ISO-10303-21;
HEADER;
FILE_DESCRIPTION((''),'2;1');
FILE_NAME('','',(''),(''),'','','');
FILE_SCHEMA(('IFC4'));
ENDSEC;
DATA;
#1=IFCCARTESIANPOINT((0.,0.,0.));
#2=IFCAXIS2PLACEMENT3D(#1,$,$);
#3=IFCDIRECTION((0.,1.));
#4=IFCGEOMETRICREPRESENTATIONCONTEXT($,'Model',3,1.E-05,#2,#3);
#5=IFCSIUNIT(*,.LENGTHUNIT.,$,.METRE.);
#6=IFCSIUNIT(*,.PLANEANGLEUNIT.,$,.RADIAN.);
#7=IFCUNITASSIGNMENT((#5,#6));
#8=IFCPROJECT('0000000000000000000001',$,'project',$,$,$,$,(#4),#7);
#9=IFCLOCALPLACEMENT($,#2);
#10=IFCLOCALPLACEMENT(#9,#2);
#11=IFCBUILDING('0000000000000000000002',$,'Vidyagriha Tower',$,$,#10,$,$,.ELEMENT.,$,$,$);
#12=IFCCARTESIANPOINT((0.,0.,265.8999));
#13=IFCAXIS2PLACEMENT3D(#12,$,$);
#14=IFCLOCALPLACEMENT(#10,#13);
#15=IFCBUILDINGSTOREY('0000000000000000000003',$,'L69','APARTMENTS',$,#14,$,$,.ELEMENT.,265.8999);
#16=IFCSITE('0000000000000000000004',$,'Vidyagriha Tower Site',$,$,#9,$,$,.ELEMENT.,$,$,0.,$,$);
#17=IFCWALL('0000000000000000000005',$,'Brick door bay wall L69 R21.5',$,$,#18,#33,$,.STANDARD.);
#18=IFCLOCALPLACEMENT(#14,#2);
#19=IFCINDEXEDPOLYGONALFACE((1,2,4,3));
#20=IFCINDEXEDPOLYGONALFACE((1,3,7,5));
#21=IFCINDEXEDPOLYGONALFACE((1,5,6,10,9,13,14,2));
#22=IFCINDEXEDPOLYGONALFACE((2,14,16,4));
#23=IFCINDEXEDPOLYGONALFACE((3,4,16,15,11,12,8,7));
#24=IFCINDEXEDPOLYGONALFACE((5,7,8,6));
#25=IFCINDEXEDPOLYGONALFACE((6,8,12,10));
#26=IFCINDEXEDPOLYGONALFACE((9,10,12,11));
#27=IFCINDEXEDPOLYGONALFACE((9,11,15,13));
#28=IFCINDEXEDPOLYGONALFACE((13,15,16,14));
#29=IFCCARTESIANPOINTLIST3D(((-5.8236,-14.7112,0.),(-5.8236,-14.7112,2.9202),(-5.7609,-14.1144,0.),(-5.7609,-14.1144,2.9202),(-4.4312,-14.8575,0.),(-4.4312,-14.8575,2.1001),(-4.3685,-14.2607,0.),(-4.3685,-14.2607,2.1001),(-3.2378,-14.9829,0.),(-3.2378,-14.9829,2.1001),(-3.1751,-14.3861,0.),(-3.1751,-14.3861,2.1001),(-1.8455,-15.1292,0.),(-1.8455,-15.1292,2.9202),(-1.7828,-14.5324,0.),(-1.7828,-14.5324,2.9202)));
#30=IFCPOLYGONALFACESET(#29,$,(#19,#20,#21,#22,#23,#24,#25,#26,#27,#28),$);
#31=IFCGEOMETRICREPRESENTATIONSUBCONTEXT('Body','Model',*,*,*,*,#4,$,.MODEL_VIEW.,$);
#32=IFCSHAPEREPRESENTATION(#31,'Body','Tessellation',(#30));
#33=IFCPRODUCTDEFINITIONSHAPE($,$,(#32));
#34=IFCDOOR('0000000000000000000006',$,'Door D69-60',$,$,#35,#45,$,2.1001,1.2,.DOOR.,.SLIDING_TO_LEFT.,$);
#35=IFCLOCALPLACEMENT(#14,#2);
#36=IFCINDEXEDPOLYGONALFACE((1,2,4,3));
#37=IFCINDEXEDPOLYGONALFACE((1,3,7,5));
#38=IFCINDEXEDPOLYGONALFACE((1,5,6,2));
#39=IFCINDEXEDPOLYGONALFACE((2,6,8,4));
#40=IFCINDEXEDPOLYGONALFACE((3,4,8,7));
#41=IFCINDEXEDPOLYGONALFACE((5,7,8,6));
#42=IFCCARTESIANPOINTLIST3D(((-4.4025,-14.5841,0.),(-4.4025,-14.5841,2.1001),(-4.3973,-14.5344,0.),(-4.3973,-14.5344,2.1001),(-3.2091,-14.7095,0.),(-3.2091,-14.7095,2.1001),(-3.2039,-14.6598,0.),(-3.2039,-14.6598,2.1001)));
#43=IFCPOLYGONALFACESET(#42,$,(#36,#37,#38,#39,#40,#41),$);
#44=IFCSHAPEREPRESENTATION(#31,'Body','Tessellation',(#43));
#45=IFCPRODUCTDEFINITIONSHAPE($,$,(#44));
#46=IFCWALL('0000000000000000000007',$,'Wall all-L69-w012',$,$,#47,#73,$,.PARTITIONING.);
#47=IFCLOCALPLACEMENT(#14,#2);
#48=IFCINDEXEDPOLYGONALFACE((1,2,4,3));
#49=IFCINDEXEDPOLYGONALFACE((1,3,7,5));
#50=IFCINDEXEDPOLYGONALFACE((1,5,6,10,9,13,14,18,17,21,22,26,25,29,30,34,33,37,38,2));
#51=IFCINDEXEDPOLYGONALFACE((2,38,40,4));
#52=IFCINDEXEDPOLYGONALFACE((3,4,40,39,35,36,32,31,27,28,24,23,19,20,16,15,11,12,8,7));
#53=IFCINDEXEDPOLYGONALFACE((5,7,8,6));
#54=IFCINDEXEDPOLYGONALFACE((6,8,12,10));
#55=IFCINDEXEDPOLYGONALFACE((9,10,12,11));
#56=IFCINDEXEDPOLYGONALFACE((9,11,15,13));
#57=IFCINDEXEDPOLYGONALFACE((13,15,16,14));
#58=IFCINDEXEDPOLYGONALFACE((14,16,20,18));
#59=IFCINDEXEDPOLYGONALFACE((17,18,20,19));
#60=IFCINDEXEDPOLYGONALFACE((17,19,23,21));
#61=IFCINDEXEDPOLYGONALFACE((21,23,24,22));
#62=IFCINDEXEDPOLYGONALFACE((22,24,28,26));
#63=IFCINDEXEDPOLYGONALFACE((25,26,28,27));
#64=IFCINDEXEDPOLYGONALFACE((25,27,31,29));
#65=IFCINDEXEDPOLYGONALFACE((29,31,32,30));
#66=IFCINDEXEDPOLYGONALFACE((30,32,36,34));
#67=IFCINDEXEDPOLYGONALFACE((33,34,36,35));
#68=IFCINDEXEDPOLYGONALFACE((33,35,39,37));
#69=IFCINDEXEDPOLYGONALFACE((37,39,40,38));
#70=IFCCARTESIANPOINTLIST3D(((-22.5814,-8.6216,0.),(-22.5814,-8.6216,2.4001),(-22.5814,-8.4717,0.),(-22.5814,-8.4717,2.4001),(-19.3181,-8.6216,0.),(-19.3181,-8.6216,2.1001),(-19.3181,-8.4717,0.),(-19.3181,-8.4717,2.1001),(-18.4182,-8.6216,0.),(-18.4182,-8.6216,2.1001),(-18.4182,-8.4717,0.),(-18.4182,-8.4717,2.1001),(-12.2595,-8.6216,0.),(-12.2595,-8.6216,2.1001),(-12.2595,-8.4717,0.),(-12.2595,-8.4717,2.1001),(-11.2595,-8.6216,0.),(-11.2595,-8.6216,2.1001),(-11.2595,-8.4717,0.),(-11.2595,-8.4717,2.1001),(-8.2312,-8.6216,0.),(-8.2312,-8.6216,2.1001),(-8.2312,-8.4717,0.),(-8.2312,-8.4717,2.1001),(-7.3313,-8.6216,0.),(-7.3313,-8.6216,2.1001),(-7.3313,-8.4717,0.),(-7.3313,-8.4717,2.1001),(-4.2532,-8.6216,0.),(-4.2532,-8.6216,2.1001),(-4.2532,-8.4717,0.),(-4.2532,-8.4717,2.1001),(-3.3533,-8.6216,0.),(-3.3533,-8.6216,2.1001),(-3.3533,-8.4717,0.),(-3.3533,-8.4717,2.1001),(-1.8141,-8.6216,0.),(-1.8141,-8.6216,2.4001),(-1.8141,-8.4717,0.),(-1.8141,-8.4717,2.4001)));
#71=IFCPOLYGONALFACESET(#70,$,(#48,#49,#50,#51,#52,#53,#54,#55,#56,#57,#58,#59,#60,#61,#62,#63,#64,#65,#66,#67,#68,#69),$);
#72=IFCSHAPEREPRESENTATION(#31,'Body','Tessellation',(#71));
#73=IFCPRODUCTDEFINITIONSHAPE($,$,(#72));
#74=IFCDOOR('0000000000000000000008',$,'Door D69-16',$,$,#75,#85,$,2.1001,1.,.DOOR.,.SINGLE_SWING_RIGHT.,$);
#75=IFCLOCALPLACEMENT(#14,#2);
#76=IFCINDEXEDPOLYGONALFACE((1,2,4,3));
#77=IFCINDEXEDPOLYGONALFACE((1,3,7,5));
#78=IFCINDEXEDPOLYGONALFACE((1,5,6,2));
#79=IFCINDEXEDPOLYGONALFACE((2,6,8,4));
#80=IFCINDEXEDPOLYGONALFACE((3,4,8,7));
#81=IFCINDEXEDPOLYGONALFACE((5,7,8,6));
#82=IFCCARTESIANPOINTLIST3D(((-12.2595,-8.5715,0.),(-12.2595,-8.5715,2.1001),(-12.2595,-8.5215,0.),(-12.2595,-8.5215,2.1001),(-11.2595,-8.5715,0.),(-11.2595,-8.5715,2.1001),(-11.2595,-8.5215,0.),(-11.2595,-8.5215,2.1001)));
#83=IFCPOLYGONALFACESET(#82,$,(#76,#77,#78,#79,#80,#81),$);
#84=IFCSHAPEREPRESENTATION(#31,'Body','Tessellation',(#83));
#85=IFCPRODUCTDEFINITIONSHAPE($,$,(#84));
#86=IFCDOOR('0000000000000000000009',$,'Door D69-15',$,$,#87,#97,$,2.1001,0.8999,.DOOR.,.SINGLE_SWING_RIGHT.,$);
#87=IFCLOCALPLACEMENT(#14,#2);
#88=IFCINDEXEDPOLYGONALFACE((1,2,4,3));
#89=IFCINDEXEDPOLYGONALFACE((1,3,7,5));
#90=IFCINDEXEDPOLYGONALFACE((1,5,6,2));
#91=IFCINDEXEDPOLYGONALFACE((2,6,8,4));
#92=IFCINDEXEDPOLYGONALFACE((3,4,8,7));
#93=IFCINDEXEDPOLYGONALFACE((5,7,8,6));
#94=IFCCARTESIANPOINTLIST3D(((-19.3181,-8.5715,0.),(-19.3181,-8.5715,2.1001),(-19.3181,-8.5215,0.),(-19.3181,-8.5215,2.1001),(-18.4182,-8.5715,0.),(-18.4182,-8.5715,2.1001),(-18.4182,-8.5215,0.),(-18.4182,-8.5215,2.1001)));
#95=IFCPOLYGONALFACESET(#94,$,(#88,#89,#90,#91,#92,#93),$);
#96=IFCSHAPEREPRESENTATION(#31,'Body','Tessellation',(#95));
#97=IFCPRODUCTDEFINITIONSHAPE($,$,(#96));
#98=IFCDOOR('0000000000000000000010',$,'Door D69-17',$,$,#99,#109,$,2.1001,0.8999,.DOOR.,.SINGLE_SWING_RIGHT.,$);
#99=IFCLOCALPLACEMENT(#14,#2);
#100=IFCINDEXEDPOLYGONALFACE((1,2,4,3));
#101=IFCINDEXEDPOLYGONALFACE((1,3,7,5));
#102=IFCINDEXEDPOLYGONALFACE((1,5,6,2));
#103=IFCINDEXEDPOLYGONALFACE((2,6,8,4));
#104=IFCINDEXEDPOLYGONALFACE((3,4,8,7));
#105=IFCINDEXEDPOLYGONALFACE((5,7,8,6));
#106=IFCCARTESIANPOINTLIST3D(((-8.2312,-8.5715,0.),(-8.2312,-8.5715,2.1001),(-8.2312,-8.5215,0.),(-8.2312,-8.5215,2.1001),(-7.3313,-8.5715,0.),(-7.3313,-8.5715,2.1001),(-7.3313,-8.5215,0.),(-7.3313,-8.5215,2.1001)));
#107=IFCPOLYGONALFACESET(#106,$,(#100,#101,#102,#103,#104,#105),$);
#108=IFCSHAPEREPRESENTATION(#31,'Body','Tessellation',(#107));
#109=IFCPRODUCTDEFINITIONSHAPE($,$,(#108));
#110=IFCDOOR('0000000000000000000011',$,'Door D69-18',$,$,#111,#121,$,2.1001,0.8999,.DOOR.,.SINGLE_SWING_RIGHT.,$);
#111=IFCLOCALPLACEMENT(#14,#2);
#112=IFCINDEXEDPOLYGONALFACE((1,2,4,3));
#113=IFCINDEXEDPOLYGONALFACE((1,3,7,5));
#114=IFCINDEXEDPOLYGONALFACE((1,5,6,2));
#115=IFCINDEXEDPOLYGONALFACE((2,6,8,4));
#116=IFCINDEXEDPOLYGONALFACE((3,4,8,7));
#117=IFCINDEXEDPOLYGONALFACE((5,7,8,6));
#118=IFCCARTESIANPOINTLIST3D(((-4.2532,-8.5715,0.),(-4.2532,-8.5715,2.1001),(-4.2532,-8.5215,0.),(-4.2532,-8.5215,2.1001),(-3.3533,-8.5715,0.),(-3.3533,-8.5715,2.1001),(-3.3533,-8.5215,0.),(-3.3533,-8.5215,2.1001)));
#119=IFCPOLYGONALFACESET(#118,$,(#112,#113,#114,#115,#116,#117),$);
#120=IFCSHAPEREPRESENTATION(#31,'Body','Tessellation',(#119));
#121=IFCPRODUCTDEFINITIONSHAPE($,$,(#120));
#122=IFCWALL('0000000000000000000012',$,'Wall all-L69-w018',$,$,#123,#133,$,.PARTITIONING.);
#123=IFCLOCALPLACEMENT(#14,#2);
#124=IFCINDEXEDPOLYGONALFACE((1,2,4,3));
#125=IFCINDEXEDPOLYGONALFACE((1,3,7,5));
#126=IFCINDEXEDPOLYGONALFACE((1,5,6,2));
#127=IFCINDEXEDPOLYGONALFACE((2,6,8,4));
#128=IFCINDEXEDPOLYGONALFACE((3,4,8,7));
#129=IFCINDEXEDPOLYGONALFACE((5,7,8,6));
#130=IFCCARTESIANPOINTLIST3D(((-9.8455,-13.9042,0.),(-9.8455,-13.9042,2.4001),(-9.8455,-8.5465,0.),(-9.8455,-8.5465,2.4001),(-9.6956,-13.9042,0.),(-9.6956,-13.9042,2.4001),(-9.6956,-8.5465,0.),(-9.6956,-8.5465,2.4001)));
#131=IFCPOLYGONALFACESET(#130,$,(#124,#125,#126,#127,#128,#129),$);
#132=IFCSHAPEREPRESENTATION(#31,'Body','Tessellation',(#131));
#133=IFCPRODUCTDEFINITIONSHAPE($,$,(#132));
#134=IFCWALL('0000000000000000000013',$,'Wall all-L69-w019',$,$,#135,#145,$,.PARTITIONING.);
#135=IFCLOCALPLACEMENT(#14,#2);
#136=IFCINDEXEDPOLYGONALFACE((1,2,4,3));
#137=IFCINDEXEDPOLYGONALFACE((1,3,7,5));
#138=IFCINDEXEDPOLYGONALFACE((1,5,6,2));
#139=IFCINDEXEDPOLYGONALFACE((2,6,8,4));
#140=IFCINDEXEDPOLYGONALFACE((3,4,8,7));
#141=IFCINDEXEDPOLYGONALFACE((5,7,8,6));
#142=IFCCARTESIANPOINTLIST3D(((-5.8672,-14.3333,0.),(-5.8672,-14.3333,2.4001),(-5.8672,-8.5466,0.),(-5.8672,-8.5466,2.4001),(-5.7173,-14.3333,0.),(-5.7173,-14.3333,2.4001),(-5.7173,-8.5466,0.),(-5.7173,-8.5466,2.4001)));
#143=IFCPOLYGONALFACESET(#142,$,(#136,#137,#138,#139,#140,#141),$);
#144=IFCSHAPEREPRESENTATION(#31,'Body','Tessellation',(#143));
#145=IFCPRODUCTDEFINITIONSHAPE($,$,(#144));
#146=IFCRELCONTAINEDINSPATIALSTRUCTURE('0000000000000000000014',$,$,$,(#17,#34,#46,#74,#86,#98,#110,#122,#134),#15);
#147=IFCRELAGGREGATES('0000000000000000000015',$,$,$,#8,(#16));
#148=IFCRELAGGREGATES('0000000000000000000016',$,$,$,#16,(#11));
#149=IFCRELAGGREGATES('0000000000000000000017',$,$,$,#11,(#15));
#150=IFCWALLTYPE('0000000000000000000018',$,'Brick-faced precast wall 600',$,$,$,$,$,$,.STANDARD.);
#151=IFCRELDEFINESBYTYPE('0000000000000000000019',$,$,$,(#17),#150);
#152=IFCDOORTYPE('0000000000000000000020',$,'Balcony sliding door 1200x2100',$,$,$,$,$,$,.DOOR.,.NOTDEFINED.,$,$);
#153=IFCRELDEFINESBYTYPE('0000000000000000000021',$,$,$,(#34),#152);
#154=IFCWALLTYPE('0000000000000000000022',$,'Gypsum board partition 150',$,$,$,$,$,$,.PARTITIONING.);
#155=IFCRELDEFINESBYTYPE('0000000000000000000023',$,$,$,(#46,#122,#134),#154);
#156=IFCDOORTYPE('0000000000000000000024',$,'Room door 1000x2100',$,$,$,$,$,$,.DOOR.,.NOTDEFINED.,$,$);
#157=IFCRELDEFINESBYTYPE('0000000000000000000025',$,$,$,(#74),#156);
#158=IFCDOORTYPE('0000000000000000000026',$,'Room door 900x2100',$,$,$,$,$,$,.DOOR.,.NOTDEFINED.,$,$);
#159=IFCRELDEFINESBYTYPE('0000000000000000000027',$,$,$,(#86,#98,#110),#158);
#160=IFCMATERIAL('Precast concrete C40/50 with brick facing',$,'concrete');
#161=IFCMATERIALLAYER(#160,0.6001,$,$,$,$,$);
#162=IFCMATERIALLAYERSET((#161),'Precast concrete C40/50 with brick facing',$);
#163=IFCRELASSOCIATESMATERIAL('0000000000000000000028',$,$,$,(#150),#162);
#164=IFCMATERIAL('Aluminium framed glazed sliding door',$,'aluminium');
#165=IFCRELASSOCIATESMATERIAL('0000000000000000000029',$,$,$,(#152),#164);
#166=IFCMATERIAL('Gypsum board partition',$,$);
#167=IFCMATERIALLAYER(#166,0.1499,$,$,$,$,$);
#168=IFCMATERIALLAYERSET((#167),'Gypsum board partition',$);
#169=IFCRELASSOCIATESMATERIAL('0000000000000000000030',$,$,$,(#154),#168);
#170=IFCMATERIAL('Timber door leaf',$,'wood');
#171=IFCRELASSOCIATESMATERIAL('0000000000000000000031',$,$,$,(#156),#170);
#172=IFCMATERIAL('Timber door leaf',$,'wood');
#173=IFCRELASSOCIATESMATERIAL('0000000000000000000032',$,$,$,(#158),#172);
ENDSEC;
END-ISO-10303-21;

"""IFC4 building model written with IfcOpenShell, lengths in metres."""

from ifc_helpers import new_model, si_unit, direction, frame, frame_2d, origin, place, context, subcontext, project, spatial, rectangle, extrude, material, layer, layer_set, type_object, element, fill, save


model = new_model("IFC4")

# Units and contexts
model_context = context("Model", 3, precision=1e-05, world=origin(), true_north=direction((0.0, 1.0)))
body_context = subcontext(model_context, "Body", "Model", "MODEL_VIEW")
ifc_project = project(units=[si_unit("LENGTHUNIT", "METRE"), si_unit("PLANEANGLEUNIT", "RADIAN")], contexts=[model_context])

# Site, building, storey
site_placement = place(None, origin())
site = spatial("IfcSite", under=ifc_project, at=site_placement, Name="Vidyagriha Tower Site", CompositionType="ELEMENT", RefElevation=0.0)
building_placement = place(site_placement, origin())
building = spatial("IfcBuilding", under=site, at=building_placement, Name="Vidyagriha Tower", CompositionType="ELEMENT")
storey_placement = place(building_placement, frame((0.0, 0.0, 265.8999)))
storey = spatial("IfcBuildingStorey", under=building, at=storey_placement, Name="L69", Description="APARTMENTS", CompositionType="ELEMENT", Elevation=265.8999)

# Wall, opening, door
ifc_material_1 = material(Name="Precast concrete C40/50 with brick facing", Category="concrete")
ifc_layer_1 = layer(ifc_material_1, 0.6001)
ifc_layer_set_1 = layer_set([ifc_layer_1], Name="Precast concrete C40/50 with brick facing")
wall_type_1 = type_object("IfcWallType", Name="Brick-faced precast wall 600", PredefinedType="STANDARD", material=ifc_layer_set_1)
wall_1_placement = place(storey_placement, frame((-5.7922, -14.4128, 0.0), z_axis=(0.0, 0.0, 1.0), x_axis=(0.994526, -0.104494, 0.0)))
wall_1 = element("IfcWall", 1, at=wall_1_placement, inside=storey, type_object=wall_type_1, Name="Brick door bay wall L69 R21.5", PredefinedType="STANDARD", context=body_context, shape_type="SweptSolid", body=[
    extrude(rectangle(XDim=4.0, YDim=0.6001, at=frame_2d((2.0, 0.0))), origin(), (0.0, 0.0, 1.0), 2.9202),
])
opening_1_placement = place(wall_1_placement, frame((1.3999, 0.0, 0.0)))
opening_1 = element("IfcOpeningElement", 2, at=opening_1_placement, cuts=wall_1, PredefinedType="OPENING", context=body_context, shape_type="SweptSolid", body=[
    extrude(rectangle(XDim=1.2, YDim=2.1001, at=frame_2d((0.6001, 1.05))), frame((0.0, 0.3101, 0.0), z_axis=(0.0, -1.0, 0.0), x_axis=(1.0, 0.0, 0.0)), (0.0, 0.0, 1.0), 0.6201),
])
ifc_material_2 = material(Name="Aluminium framed glazed sliding door", Category="aluminium")
door_type_1 = type_object("IfcDoorType", Name="Balcony sliding door 1200x2100", OperationType="NOTDEFINED", PredefinedType="DOOR", material=ifc_material_2)
door_1_placement = place(opening_1_placement, origin())
door_1 = element("IfcDoor", 3, at=door_1_placement, inside=storey, type_object=door_type_1, Name="Door D69-60", OperationType="SLIDING_TO_LEFT", OverallHeight=2.1001, OverallWidth=1.2, PredefinedType="DOOR", context=body_context, shape_type="SweptSolid", body=[
    extrude(rectangle(XDim=1.2, YDim=2.1001, at=frame_2d((0.6001, 1.05))), frame((0.0, 0.0249, 0.0), z_axis=(0.0, -1.0, 0.0), x_axis=(1.0, 0.0, 0.0)), (0.0, 0.0, 1.0), 0.05),
])
fill(opening_1, door_1)

# Wall, openings, doors
ifc_material_3 = material(Name="Gypsum board partition")
ifc_layer_2 = layer(ifc_material_3, 0.1499)
ifc_layer_set_2 = layer_set([ifc_layer_2], Name="Gypsum board partition")
wall_type_2 = type_object("IfcWallType", Name="Gypsum board partition 150", PredefinedType="PARTITIONING", material=ifc_layer_set_2)
wall_2_placement = place(storey_placement, frame((-1.814, -8.5466, 0.0), z_axis=(0.0, 0.0, 1.0), x_axis=(-1.0, 0.0, 0.0)))
wall_2 = element("IfcWall", 4, at=wall_2_placement, inside=storey, type_object=wall_type_2, Name="Wall all-L69-w012", PredefinedType="PARTITIONING", context=body_context, shape_type="SweptSolid", body=[
    extrude(rectangle(XDim=20.7673, YDim=0.1499, at=frame_2d((10.3838, 0.0))), origin(), (0.0, 0.0, 1.0), 2.4001),
])
opening_2_placement = place(wall_2_placement, frame((16.6042, 0.0, 0.0)))
opening_2 = element("IfcOpeningElement", 5, at=opening_2_placement, cuts=wall_2, PredefinedType="OPENING", context=body_context, shape_type="SweptSolid", body=[
    extrude(rectangle(XDim=0.8999, YDim=2.1001, at=frame_2d((0.45, 1.05))), frame((0.0, 0.085, 0.0), z_axis=(0.0, -1.0, 0.0), x_axis=(1.0, 0.0, 0.0)), (0.0, 0.0, 1.0), 0.1699),
])
opening_3_placement = place(wall_2_placement, frame((9.4456, 0.0, 0.0)))
opening_3 = element("IfcOpeningElement", 6, at=opening_3_placement, cuts=wall_2, PredefinedType="OPENING", context=body_context, shape_type="SweptSolid", body=[
    extrude(rectangle(XDim=1.0, YDim=2.1001, at=frame_2d((0.5, 1.05))), frame((0.0, 0.085, 0.0), z_axis=(0.0, -1.0, 0.0), x_axis=(1.0, 0.0, 0.0)), (0.0, 0.0, 1.0), 0.1699),
])
opening_4_placement = place(wall_2_placement, frame((5.5173, 0.0, 0.0)))
opening_4 = element("IfcOpeningElement", 7, at=opening_4_placement, cuts=wall_2, PredefinedType="OPENING", context=body_context, shape_type="SweptSolid", body=[
    extrude(rectangle(XDim=0.8999, YDim=2.1001, at=frame_2d((0.45, 1.05))), frame((0.0, 0.085, 0.0), z_axis=(0.0, -1.0, 0.0), x_axis=(1.0, 0.0, 0.0)), (0.0, 0.0, 1.0), 0.1699),
])
opening_5_placement = place(wall_2_placement, frame((1.5393, 0.0, 0.0)))
opening_5 = element("IfcOpeningElement", 8, at=opening_5_placement, cuts=wall_2, PredefinedType="OPENING", context=body_context, shape_type="SweptSolid", body=[
    extrude(rectangle(XDim=0.8999, YDim=2.1001, at=frame_2d((0.45, 1.05))), frame((0.0, 0.085, 0.0), z_axis=(0.0, -1.0, 0.0), x_axis=(1.0, 0.0, 0.0)), (0.0, 0.0, 1.0), 0.1699),
])
ifc_material_4 = material(Name="Timber door leaf", Category="wood")
door_type_2 = type_object("IfcDoorType", Name="Room door 1000x2100", OperationType="NOTDEFINED", PredefinedType="DOOR", material=ifc_material_4)
door_2_placement = place(opening_3_placement, origin())
door_2 = element("IfcDoor", 9, at=door_2_placement, inside=storey, type_object=door_type_2, Name="Door D69-16", OperationType="SINGLE_SWING_RIGHT", OverallHeight=2.1001, OverallWidth=1.0, PredefinedType="DOOR", context=body_context, shape_type="SweptSolid", body=[
    extrude(rectangle(XDim=1.0, YDim=2.1001, at=frame_2d((0.5, 1.05))), frame((0.0, 0.0249, 0.0), z_axis=(0.0, -1.0, 0.0), x_axis=(1.0, 0.0, 0.0)), (0.0, 0.0, 1.0), 0.05),
])
fill(opening_3, door_2)
ifc_material_5 = material(Name="Timber door leaf", Category="wood")
door_type_3 = type_object("IfcDoorType", Name="Room door 900x2100", OperationType="NOTDEFINED", PredefinedType="DOOR", material=ifc_material_5)
door_3_placement = place(opening_2_placement, origin())
door_3 = element("IfcDoor", 10, at=door_3_placement, inside=storey, type_object=door_type_3, Name="Door D69-15", OperationType="SINGLE_SWING_RIGHT", OverallHeight=2.1001, OverallWidth=0.8999, PredefinedType="DOOR", context=body_context, shape_type="SweptSolid", body=[
    extrude(rectangle(XDim=0.8999, YDim=2.1001, at=frame_2d((0.45, 1.05))), frame((0.0, 0.0249, 0.0), z_axis=(0.0, -1.0, 0.0), x_axis=(1.0, 0.0, 0.0)), (0.0, 0.0, 1.0), 0.05),
])
fill(opening_2, door_3)
door_4_placement = place(opening_4_placement, origin())
door_4 = element("IfcDoor", 11, at=door_4_placement, inside=storey, type_object=door_type_3, Name="Door D69-17", OperationType="SINGLE_SWING_RIGHT", OverallHeight=2.1001, OverallWidth=0.8999, PredefinedType="DOOR", context=body_context, shape_type="SweptSolid", body=[
    extrude(rectangle(XDim=0.8999, YDim=2.1001, at=frame_2d((0.45, 1.05))), frame((0.0, 0.0249, 0.0), z_axis=(0.0, -1.0, 0.0), x_axis=(1.0, 0.0, 0.0)), (0.0, 0.0, 1.0), 0.05),
])
fill(opening_4, door_4)
door_5_placement = place(opening_5_placement, origin())
door_5 = element("IfcDoor", 12, at=door_5_placement, inside=storey, type_object=door_type_3, Name="Door D69-18", OperationType="SINGLE_SWING_RIGHT", OverallHeight=2.1001, OverallWidth=0.8999, PredefinedType="DOOR", context=body_context, shape_type="SweptSolid", body=[
    extrude(rectangle(XDim=0.8999, YDim=2.1001, at=frame_2d((0.45, 1.05))), frame((0.0, 0.0249, 0.0), z_axis=(0.0, -1.0, 0.0), x_axis=(1.0, 0.0, 0.0)), (0.0, 0.0, 1.0), 0.05),
])
fill(opening_5, door_5)

# Walls
wall_3_placement = place(storey_placement, frame((-9.7705, -8.5466, 0.0), z_axis=(0.0, 0.0, 1.0), x_axis=(0.0, -1.0, 0.0)))
element("IfcWall", 13, at=wall_3_placement, inside=storey, type_object=wall_type_2, Name="Wall all-L69-w018", PredefinedType="PARTITIONING", context=body_context, shape_type="SweptSolid", body=[
    extrude(rectangle(XDim=5.3577, YDim=0.1499, at=frame_2d((2.6787, 0.0))), origin(), (0.0, 0.0, 1.0), 2.4001),
])
wall_4_placement = place(storey_placement, frame((-5.7922, -8.5466, 0.0), z_axis=(0.0, 0.0, 1.0), x_axis=(0.0, -1.0, 0.0)))
element("IfcWall", 14, at=wall_4_placement, inside=storey, type_object=wall_type_2, Name="Wall all-L69-w019", PredefinedType="PARTITIONING", context=body_context, shape_type="SweptSolid", body=[
    extrude(rectangle(XDim=5.7866, YDim=0.1499, at=frame_2d((2.8933, 0.0))), origin(), (0.0, 0.0, 1.0), 2.4001),
])

save(model, "model.ifc")
